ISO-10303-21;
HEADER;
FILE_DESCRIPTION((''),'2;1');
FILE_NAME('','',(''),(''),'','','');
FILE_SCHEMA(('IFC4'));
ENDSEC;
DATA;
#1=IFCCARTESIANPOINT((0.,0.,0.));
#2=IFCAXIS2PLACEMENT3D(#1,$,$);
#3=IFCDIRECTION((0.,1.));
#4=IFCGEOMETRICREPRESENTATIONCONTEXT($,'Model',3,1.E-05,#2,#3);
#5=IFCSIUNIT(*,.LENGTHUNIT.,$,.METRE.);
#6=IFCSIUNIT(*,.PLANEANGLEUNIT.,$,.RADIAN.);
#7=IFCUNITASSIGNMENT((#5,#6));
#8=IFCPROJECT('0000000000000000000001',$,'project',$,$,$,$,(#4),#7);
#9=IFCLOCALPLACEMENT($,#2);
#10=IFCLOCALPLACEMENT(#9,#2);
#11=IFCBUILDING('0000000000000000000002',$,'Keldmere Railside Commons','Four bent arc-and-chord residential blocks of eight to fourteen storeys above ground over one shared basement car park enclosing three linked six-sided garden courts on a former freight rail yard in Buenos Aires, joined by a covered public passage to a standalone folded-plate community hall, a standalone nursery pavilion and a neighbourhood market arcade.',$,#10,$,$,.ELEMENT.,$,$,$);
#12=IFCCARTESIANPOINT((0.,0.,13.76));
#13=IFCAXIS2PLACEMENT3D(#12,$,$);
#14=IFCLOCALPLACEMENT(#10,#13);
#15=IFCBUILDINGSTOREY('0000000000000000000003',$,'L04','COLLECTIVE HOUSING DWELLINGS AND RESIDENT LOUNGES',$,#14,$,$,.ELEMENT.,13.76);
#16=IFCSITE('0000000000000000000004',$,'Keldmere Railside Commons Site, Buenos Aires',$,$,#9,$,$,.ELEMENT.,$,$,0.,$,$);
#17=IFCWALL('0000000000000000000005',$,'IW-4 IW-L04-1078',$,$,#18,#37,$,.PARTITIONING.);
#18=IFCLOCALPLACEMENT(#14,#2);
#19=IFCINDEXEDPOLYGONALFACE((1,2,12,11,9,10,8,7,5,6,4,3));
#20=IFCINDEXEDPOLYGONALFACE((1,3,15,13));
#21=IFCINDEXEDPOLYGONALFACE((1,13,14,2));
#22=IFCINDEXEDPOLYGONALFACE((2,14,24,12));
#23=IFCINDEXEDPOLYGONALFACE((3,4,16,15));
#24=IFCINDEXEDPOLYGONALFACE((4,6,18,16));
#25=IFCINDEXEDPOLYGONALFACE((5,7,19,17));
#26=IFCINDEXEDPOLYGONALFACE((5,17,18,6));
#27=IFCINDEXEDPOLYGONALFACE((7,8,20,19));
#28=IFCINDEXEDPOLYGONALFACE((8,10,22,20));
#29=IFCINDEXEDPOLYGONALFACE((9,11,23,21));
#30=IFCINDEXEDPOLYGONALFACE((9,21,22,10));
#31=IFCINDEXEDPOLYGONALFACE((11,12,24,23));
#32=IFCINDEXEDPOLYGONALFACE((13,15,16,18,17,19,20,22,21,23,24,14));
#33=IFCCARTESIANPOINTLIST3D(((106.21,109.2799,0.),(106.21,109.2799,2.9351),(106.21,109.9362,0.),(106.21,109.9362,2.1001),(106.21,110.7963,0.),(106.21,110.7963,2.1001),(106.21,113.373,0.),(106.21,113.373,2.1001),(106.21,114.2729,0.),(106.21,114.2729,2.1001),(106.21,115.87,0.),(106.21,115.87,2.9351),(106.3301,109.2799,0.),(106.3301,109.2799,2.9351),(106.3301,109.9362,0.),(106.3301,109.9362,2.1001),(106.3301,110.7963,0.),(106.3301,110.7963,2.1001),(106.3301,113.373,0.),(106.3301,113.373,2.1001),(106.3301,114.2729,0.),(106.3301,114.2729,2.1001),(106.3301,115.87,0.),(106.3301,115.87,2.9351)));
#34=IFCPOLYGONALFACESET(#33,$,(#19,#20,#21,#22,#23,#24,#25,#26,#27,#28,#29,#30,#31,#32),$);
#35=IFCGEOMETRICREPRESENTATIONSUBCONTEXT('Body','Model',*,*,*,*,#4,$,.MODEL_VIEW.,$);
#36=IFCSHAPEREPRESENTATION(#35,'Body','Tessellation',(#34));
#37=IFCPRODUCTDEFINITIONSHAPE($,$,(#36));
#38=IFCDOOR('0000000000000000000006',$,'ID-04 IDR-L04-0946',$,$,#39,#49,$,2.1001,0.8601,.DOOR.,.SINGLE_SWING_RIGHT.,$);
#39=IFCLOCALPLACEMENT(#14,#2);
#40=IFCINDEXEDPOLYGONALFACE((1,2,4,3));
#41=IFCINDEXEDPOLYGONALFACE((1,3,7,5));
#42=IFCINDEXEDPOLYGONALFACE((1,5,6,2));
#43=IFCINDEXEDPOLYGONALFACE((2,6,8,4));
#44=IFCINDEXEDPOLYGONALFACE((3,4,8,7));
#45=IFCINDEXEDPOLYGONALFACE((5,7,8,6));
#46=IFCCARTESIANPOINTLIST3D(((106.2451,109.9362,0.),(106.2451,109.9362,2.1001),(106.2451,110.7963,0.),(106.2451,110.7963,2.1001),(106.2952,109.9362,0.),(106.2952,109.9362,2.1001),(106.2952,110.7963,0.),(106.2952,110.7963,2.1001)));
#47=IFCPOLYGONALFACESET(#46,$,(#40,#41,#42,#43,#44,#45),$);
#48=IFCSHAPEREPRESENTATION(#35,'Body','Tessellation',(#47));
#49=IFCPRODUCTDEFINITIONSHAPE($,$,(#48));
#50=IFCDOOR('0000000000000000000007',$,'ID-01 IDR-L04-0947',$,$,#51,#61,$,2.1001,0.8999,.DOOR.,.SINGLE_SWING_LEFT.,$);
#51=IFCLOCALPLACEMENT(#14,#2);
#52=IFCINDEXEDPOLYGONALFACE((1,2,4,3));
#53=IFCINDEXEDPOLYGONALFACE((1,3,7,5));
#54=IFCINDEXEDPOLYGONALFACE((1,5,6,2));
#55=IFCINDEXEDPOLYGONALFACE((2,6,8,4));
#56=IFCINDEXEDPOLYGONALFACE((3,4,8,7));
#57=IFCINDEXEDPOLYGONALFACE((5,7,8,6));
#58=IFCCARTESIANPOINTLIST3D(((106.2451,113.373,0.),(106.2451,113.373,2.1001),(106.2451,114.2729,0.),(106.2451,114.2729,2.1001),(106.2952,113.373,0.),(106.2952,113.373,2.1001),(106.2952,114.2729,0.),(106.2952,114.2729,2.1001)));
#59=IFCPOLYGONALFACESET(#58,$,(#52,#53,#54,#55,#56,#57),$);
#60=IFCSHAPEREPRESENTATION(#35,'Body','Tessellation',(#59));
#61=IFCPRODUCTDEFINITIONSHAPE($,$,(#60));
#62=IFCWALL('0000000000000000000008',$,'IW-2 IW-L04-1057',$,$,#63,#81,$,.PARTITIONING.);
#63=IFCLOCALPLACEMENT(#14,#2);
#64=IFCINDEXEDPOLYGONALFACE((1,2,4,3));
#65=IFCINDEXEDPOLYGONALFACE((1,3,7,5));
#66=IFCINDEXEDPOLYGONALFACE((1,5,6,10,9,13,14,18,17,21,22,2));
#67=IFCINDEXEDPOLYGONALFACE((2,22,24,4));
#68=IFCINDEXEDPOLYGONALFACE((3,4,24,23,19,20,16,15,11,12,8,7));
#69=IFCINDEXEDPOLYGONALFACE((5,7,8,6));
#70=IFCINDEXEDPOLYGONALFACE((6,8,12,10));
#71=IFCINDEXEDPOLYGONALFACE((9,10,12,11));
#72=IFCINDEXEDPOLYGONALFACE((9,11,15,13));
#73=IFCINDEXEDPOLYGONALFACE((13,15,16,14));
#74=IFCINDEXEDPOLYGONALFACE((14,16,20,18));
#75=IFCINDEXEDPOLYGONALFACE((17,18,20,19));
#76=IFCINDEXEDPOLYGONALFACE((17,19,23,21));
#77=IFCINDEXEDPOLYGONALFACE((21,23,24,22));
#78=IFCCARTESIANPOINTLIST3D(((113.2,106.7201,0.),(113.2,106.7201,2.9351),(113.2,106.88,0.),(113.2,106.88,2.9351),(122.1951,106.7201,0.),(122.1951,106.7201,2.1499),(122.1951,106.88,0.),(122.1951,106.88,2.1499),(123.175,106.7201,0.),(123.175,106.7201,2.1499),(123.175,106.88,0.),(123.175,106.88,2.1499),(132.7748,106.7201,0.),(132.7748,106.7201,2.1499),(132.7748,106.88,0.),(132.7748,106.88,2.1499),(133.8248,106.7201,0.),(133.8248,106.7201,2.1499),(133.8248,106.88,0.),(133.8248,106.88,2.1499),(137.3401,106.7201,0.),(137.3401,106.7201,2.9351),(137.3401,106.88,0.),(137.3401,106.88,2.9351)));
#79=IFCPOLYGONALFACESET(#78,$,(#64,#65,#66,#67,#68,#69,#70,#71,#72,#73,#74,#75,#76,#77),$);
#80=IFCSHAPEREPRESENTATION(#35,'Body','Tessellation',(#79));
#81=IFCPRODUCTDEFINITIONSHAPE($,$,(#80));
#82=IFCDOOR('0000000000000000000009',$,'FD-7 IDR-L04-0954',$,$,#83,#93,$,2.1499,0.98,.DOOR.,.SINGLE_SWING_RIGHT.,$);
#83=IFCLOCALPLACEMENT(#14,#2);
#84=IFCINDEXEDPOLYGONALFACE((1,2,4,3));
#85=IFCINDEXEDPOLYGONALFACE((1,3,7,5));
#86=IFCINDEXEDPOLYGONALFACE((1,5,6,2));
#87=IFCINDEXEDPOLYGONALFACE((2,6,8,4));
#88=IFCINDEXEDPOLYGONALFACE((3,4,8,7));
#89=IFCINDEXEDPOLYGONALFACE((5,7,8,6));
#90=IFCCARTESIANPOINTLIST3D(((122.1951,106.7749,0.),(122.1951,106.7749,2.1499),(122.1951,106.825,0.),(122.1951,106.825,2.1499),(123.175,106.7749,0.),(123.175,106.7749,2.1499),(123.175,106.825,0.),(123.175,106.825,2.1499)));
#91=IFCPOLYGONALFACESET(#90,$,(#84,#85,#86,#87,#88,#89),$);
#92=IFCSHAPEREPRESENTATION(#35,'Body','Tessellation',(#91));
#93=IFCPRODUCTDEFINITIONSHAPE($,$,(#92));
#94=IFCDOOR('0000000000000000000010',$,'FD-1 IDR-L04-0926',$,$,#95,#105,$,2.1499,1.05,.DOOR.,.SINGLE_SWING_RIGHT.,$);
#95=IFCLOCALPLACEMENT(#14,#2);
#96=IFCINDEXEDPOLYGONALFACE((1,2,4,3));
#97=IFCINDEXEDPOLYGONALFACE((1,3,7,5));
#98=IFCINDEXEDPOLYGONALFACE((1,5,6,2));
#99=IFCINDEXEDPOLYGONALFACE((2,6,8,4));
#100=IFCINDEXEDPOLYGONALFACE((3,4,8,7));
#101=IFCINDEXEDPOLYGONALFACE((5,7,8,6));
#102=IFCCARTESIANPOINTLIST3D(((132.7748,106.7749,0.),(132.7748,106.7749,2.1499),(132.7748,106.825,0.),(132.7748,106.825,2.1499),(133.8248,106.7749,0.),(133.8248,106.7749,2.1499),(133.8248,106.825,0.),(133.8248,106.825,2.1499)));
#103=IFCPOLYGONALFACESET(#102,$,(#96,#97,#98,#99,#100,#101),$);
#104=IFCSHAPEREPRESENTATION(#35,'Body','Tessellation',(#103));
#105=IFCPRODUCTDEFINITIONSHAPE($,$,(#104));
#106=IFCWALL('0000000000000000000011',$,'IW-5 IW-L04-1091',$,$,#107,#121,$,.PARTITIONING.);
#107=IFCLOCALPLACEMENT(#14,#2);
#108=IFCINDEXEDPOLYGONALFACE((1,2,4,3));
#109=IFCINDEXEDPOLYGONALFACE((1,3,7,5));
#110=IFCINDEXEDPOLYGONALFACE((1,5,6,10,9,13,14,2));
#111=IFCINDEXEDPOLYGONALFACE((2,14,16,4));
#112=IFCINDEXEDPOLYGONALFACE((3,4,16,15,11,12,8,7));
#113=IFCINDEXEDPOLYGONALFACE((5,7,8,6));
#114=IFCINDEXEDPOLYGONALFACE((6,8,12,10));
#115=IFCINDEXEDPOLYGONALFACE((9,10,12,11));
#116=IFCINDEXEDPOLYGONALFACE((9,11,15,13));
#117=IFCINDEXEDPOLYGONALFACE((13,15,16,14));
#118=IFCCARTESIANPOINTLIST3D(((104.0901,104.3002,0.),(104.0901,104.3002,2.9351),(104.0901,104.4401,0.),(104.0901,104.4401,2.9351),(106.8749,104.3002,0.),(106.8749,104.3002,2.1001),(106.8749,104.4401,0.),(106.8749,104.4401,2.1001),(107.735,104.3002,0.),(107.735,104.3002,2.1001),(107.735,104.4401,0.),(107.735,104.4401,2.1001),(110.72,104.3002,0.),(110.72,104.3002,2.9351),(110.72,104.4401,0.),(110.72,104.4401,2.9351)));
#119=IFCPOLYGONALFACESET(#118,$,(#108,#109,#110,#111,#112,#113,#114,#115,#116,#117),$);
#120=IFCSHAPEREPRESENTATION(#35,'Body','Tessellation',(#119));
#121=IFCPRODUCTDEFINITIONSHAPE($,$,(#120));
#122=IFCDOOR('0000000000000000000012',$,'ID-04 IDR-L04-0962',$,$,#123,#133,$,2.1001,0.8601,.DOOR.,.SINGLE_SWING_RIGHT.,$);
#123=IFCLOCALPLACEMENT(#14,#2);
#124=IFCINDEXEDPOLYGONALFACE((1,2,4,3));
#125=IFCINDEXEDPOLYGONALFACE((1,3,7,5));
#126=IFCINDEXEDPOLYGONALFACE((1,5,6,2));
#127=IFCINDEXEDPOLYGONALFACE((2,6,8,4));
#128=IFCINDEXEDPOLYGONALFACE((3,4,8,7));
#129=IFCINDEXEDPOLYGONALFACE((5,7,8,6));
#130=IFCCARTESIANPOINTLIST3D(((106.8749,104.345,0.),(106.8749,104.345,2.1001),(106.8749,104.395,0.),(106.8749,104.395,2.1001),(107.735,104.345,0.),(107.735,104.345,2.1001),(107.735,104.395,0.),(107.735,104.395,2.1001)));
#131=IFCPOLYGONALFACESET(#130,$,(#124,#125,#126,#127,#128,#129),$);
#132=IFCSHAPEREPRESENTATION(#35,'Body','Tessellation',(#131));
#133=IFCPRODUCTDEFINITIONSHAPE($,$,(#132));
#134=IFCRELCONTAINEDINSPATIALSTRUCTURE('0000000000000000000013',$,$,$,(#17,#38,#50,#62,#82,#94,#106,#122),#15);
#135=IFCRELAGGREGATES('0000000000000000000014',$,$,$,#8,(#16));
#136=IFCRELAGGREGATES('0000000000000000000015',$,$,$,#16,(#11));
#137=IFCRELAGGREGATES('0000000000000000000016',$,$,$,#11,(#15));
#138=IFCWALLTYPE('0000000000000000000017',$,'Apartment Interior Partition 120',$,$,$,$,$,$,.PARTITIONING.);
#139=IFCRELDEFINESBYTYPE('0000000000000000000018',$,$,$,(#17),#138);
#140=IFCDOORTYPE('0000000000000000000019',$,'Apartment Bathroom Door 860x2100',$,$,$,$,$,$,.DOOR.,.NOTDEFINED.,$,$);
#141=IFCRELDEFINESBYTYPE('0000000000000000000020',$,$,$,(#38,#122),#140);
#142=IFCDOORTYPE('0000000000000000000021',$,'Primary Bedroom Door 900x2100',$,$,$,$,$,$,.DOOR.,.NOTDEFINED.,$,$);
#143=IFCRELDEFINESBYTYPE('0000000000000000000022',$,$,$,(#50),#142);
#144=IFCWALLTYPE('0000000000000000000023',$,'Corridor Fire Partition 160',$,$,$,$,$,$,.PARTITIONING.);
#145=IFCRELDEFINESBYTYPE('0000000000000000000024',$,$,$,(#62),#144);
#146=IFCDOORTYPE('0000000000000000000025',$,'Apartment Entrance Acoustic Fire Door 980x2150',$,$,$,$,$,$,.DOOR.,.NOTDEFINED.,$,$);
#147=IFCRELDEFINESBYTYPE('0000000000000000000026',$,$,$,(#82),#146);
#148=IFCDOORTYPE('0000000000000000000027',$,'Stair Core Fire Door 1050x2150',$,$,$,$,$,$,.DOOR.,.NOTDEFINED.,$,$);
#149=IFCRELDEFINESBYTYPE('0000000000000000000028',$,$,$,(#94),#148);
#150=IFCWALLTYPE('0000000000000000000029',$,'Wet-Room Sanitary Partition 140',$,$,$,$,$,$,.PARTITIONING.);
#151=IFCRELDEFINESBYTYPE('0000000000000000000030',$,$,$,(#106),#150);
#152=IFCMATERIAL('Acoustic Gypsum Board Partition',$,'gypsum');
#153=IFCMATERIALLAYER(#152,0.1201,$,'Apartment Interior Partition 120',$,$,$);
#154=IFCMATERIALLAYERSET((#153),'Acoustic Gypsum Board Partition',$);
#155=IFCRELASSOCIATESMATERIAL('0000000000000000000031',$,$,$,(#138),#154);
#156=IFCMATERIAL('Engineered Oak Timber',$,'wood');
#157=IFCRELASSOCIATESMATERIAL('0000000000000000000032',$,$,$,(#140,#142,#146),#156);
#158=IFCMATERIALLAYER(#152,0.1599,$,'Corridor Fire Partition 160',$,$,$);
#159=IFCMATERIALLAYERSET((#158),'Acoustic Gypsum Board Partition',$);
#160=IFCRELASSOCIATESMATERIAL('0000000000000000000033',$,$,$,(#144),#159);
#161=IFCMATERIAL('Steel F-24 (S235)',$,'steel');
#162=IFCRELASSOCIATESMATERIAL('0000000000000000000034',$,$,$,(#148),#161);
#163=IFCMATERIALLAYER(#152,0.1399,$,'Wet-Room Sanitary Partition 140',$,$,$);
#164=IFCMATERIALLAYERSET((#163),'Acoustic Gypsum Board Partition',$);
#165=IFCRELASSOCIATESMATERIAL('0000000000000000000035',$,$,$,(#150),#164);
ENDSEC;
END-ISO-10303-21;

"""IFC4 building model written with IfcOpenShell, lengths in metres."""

from ifc_helpers import new_model, si_unit, direction, frame, frame_2d, origin, place, context, subcontext, project, spatial, rectangle, extrude, material, layer, layer_set, type_object, element, fill, save


model = new_model("IFC4")

# Units and contexts
model_context = context("Model", 3, precision=1e-05, world=origin(), true_north=direction((0.0, 1.0)))
body_context = subcontext(model_context, "Body", "Model", "MODEL_VIEW")
ifc_project = project(units=[si_unit("LENGTHUNIT", "METRE"), si_unit("PLANEANGLEUNIT", "RADIAN")], contexts=[model_context])

# Site, building, storey
site_placement = place(None, origin())
site = spatial("IfcSite", under=ifc_project, at=site_placement, Name="Keldmere Railside Commons Site, Buenos Aires", CompositionType="ELEMENT", RefElevation=0.0)
building_placement = place(site_placement, origin())
building = spatial("IfcBuilding", under=site, at=building_placement, Name="Keldmere Railside Commons", Description="Four bent arc-and-chord residential blocks of eight to fourteen storeys above ground over one shared basement car park enclosing three linked six-sided garden courts on a former freight rail yard in Buenos Aires, joined by a covered public passage to a standalone folded-plate community hall, a standalone nursery pavilion and a neighbourhood market arcade.", CompositionType="ELEMENT")
storey_placement = place(building_placement, frame((0.0, 0.0, 13.76)))
storey = spatial("IfcBuildingStorey", under=building, at=storey_placement, Name="L04", Description="COLLECTIVE HOUSING DWELLINGS AND RESIDENT LOUNGES", CompositionType="ELEMENT", Elevation=13.76)

# Shared definitions
ifc_material_1 = material(Name="Acoustic Gypsum Board Partition", Category="gypsum")

# Walls, openings, doors
ifc_layer_1 = layer(ifc_material_1, 0.1201, Name="Apartment Interior Partition 120")
ifc_layer_set_1 = layer_set([ifc_layer_1], Name="Acoustic Gypsum Board Partition")
wall_type_1 = type_object("IfcWallType", Name="Apartment Interior Partition 120", PredefinedType="PARTITIONING", material=ifc_layer_set_1)
wall_1_placement = place(storey_placement, frame((106.27, 109.28, 0.0), z_axis=(0.0, 0.0, 1.0), x_axis=(0.0, 1.0, 0.0)))
wall_1 = element("IfcWall", 1, at=wall_1_placement, inside=storey, type_object=wall_type_1, Name="IW-4 IW-L04-1078", PredefinedType="PARTITIONING", context=body_context, shape_type="SweptSolid", body=[
    extrude(rectangle(XDim=6.5901, YDim=0.1201, at=frame_2d((3.2949, 0.0))), origin(), (0.0, 0.0, 1.0), 2.9351),
])
opening_1_placement = place(wall_1_placement, frame((0.656, 0.0, 0.0)))
opening_1 = element("IfcOpeningElement", 2, at=opening_1_placement, cuts=wall_1, PredefinedType="OPENING", context=body_context, shape_type="SweptSolid", body=[
    extrude(rectangle(XDim=0.8601, YDim=2.1001, at=frame_2d((0.4302, 1.05))), frame((0.0, 0.0701, 0.0), z_axis=(0.0, -1.0, 0.0), x_axis=(1.0, 0.0, 0.0)), (0.0, 0.0, 1.0), 0.1401),
])
opening_2_placement = place(wall_1_placement, frame((4.093, 0.0, 0.0)))
opening_2 = element("IfcOpeningElement", 3, at=opening_2_placement, cuts=wall_1, PredefinedType="OPENING", context=body_context, shape_type="SweptSolid", body=[
    extrude(rectangle(XDim=0.8999, YDim=2.1001, at=frame_2d((0.45, 1.05))), frame((0.0, 0.0701, 0.0), z_axis=(0.0, -1.0, 0.0), x_axis=(1.0, 0.0, 0.0)), (0.0, 0.0, 1.0), 0.1401),
])
ifc_material_2 = material(Name="Engineered Oak Timber", Category="wood")
door_type_1 = type_object("IfcDoorType", Name="Apartment Bathroom Door 860x2100", OperationType="NOTDEFINED", PredefinedType="DOOR", material=ifc_material_2)
door_1_placement = place(opening_1_placement, origin())
door_1 = element("IfcDoor", 4, at=door_1_placement, inside=storey, type_object=door_type_1, Name="ID-04 IDR-L04-0946", OperationType="SINGLE_SWING_RIGHT", OverallHeight=2.1001, OverallWidth=0.8601, PredefinedType="DOOR", context=body_context, shape_type="SweptSolid", body=[
    extrude(rectangle(XDim=0.8601, YDim=2.1001, at=frame_2d((0.4302, 1.05))), frame((0.0, 0.0249, 0.0), z_axis=(0.0, -1.0, 0.0), x_axis=(1.0, 0.0, 0.0)), (0.0, 0.0, 1.0), 0.05),
])
fill(opening_1, door_1)
door_type_2 = type_object("IfcDoorType", Name="Primary Bedroom Door 900x2100", OperationType="NOTDEFINED", PredefinedType="DOOR", material=ifc_material_2)
door_2_placement = place(opening_2_placement, origin())
door_2 = element("IfcDoor", 5, at=door_2_placement, inside=storey, type_object=door_type_2, Name="ID-01 IDR-L04-0947", OperationType="SINGLE_SWING_LEFT", OverallHeight=2.1001, OverallWidth=0.8999, PredefinedType="DOOR", context=body_context, shape_type="SweptSolid", body=[
    extrude(rectangle(XDim=0.8999, YDim=2.1001, at=frame_2d((0.45, 1.05))), frame((0.0, 0.0249, 0.0), z_axis=(0.0, -1.0, 0.0), x_axis=(1.0, 0.0, 0.0)), (0.0, 0.0, 1.0), 0.05),
])
fill(opening_2, door_2)
ifc_layer_2 = layer(ifc_material_1, 0.1599, Name="Corridor Fire Partition 160")
ifc_layer_set_2 = layer_set([ifc_layer_2], Name="Acoustic Gypsum Board Partition")
wall_type_2 = type_object("IfcWallType", Name="Corridor Fire Partition 160", PredefinedType="PARTITIONING", material=ifc_layer_set_2)
wall_2_placement = place(storey_placement, frame((113.2, 106.8, 0.0), z_axis=(0.0, 0.0, 1.0), x_axis=(1.0, 0.0, 0.0)))
wall_2 = element("IfcWall", 6, at=wall_2_placement, inside=storey, type_object=wall_type_2, Name="IW-2 IW-L04-1057", PredefinedType="PARTITIONING", context=body_context, shape_type="SweptSolid", body=[
    extrude(rectangle(XDim=24.1401, YDim=0.1599, at=frame_2d((12.0701, 0.0))), origin(), (0.0, 0.0, 1.0), 2.9351),
])
opening_3_placement = place(wall_2_placement, frame((19.575, 0.0, 0.0)))
opening_3 = element("IfcOpeningElement", 7, at=opening_3_placement, cuts=wall_2, PredefinedType="OPENING", context=body_context, shape_type="SweptSolid", body=[
    extrude(rectangle(XDim=1.05, YDim=2.1499, at=frame_2d((0.5249, 1.075))), frame((0.0, 0.0898, 0.0), z_axis=(0.0, -1.0, 0.0), x_axis=(1.0, 0.0, 0.0)), (0.0, 0.0, 1.0), 0.1799),
])
opening_4_placement = place(wall_2_placement, frame((8.9951, 0.0, 0.0)))
opening_4 = element("IfcOpeningElement", 8, at=opening_4_placement, cuts=wall_2, PredefinedType="OPENING", context=body_context, shape_type="SweptSolid", body=[
    extrude(rectangle(XDim=0.98, YDim=2.1499, at=frame_2d((0.49, 1.075))), frame((0.0, 0.0898, 0.0), z_axis=(0.0, -1.0, 0.0), x_axis=(1.0, 0.0, 0.0)), (0.0, 0.0, 1.0), 0.1799),
])
door_type_3 = type_object("IfcDoorType", Name="Apartment Entrance Acoustic Fire Door 980x2150", OperationType="NOTDEFINED", PredefinedType="DOOR", material=ifc_material_2)
door_3_placement = place(opening_4_placement, origin())
door_3 = element("IfcDoor", 9, at=door_3_placement, inside=storey, type_object=door_type_3, Name="FD-7 IDR-L04-0954", OperationType="SINGLE_SWING_RIGHT", OverallHeight=2.1499, OverallWidth=0.98, PredefinedType="DOOR", context=body_context, shape_type="SweptSolid", body=[
    extrude(rectangle(XDim=0.98, YDim=2.1499, at=frame_2d((0.49, 1.075))), frame((0.0, 0.0249, 0.0), z_axis=(0.0, -1.0, 0.0), x_axis=(1.0, 0.0, 0.0)), (0.0, 0.0, 1.0), 0.05),
])
fill(opening_4, door_3)
ifc_material_3 = material(Name="Steel F-24 (S235)", Category="steel")
door_type_4 = type_object("IfcDoorType", Name="Stair Core Fire Door 1050x2150", OperationType="NOTDEFINED", PredefinedType="DOOR", material=ifc_material_3)
door_4_placement = place(opening_3_placement, origin())
door_4 = element("IfcDoor", 10, at=door_4_placement, inside=storey, type_object=door_type_4, Name="FD-1 IDR-L04-0926", OperationType="SINGLE_SWING_RIGHT", OverallHeight=2.1499, OverallWidth=1.05, PredefinedType="DOOR", context=body_context, shape_type="SweptSolid", body=[
    extrude(rectangle(XDim=1.05, YDim=2.1499, at=frame_2d((0.5249, 1.075))), frame((0.0, 0.0249, 0.0), z_axis=(0.0, -1.0, 0.0), x_axis=(1.0, 0.0, 0.0)), (0.0, 0.0, 1.0), 0.05),
])
fill(opening_3, door_4)

# Wall, opening, door
ifc_layer_3 = layer(ifc_material_1, 0.1399, Name="Wet-Room Sanitary Partition 140")
ifc_layer_set_3 = layer_set([ifc_layer_3], Name="Acoustic Gypsum Board Partition")
wall_type_3 = type_object("IfcWallType", Name="Wet-Room Sanitary Partition 140", PredefinedType="PARTITIONING", material=ifc_layer_set_3)
wall_3_placement = place(storey_placement, frame((104.0901, 104.3701, 0.0), z_axis=(0.0, 0.0, 1.0), x_axis=(1.0, 0.0, 0.0)))
wall_3 = element("IfcWall", 11, at=wall_3_placement, inside=storey, type_object=wall_type_3, Name="IW-5 IW-L04-1091", PredefinedType="PARTITIONING", context=body_context, shape_type="SweptSolid", body=[
    extrude(rectangle(XDim=6.6299, YDim=0.1399, at=frame_2d((3.3149, 0.0))), origin(), (0.0, 0.0, 1.0), 2.9351),
])
opening_5_placement = place(wall_3_placement, frame((2.7847, 0.0, 0.0)))
opening_5 = element("IfcOpeningElement", 12, at=opening_5_placement, cuts=wall_3, PredefinedType="OPENING", context=body_context, shape_type="SweptSolid", body=[
    extrude(rectangle(XDim=0.8601, YDim=2.1001, at=frame_2d((0.4302, 1.05))), frame((0.0, 0.0798, 0.0), z_axis=(0.0, -1.0, 0.0), x_axis=(1.0, 0.0, 0.0)), (0.0, 0.0, 1.0), 0.1599),
])
door_5_placement = place(opening_5_placement, origin())
door_5 = element("IfcDoor", 13, at=door_5_placement, inside=storey, type_object=door_type_1, Name="ID-04 IDR-L04-0962", OperationType="SINGLE_SWING_RIGHT", OverallHeight=2.1001, OverallWidth=0.8601, PredefinedType="DOOR", context=body_context, shape_type="SweptSolid", body=[
    extrude(rectangle(XDim=0.8601, YDim=2.1001, at=frame_2d((0.4302, 1.05))), frame((0.0, 0.0249, 0.0), z_axis=(0.0, -1.0, 0.0), x_axis=(1.0, 0.0, 0.0)), (0.0, 0.0, 1.0), 0.05),
])
fill(opening_5, door_5)

save(model, "model.ifc")
